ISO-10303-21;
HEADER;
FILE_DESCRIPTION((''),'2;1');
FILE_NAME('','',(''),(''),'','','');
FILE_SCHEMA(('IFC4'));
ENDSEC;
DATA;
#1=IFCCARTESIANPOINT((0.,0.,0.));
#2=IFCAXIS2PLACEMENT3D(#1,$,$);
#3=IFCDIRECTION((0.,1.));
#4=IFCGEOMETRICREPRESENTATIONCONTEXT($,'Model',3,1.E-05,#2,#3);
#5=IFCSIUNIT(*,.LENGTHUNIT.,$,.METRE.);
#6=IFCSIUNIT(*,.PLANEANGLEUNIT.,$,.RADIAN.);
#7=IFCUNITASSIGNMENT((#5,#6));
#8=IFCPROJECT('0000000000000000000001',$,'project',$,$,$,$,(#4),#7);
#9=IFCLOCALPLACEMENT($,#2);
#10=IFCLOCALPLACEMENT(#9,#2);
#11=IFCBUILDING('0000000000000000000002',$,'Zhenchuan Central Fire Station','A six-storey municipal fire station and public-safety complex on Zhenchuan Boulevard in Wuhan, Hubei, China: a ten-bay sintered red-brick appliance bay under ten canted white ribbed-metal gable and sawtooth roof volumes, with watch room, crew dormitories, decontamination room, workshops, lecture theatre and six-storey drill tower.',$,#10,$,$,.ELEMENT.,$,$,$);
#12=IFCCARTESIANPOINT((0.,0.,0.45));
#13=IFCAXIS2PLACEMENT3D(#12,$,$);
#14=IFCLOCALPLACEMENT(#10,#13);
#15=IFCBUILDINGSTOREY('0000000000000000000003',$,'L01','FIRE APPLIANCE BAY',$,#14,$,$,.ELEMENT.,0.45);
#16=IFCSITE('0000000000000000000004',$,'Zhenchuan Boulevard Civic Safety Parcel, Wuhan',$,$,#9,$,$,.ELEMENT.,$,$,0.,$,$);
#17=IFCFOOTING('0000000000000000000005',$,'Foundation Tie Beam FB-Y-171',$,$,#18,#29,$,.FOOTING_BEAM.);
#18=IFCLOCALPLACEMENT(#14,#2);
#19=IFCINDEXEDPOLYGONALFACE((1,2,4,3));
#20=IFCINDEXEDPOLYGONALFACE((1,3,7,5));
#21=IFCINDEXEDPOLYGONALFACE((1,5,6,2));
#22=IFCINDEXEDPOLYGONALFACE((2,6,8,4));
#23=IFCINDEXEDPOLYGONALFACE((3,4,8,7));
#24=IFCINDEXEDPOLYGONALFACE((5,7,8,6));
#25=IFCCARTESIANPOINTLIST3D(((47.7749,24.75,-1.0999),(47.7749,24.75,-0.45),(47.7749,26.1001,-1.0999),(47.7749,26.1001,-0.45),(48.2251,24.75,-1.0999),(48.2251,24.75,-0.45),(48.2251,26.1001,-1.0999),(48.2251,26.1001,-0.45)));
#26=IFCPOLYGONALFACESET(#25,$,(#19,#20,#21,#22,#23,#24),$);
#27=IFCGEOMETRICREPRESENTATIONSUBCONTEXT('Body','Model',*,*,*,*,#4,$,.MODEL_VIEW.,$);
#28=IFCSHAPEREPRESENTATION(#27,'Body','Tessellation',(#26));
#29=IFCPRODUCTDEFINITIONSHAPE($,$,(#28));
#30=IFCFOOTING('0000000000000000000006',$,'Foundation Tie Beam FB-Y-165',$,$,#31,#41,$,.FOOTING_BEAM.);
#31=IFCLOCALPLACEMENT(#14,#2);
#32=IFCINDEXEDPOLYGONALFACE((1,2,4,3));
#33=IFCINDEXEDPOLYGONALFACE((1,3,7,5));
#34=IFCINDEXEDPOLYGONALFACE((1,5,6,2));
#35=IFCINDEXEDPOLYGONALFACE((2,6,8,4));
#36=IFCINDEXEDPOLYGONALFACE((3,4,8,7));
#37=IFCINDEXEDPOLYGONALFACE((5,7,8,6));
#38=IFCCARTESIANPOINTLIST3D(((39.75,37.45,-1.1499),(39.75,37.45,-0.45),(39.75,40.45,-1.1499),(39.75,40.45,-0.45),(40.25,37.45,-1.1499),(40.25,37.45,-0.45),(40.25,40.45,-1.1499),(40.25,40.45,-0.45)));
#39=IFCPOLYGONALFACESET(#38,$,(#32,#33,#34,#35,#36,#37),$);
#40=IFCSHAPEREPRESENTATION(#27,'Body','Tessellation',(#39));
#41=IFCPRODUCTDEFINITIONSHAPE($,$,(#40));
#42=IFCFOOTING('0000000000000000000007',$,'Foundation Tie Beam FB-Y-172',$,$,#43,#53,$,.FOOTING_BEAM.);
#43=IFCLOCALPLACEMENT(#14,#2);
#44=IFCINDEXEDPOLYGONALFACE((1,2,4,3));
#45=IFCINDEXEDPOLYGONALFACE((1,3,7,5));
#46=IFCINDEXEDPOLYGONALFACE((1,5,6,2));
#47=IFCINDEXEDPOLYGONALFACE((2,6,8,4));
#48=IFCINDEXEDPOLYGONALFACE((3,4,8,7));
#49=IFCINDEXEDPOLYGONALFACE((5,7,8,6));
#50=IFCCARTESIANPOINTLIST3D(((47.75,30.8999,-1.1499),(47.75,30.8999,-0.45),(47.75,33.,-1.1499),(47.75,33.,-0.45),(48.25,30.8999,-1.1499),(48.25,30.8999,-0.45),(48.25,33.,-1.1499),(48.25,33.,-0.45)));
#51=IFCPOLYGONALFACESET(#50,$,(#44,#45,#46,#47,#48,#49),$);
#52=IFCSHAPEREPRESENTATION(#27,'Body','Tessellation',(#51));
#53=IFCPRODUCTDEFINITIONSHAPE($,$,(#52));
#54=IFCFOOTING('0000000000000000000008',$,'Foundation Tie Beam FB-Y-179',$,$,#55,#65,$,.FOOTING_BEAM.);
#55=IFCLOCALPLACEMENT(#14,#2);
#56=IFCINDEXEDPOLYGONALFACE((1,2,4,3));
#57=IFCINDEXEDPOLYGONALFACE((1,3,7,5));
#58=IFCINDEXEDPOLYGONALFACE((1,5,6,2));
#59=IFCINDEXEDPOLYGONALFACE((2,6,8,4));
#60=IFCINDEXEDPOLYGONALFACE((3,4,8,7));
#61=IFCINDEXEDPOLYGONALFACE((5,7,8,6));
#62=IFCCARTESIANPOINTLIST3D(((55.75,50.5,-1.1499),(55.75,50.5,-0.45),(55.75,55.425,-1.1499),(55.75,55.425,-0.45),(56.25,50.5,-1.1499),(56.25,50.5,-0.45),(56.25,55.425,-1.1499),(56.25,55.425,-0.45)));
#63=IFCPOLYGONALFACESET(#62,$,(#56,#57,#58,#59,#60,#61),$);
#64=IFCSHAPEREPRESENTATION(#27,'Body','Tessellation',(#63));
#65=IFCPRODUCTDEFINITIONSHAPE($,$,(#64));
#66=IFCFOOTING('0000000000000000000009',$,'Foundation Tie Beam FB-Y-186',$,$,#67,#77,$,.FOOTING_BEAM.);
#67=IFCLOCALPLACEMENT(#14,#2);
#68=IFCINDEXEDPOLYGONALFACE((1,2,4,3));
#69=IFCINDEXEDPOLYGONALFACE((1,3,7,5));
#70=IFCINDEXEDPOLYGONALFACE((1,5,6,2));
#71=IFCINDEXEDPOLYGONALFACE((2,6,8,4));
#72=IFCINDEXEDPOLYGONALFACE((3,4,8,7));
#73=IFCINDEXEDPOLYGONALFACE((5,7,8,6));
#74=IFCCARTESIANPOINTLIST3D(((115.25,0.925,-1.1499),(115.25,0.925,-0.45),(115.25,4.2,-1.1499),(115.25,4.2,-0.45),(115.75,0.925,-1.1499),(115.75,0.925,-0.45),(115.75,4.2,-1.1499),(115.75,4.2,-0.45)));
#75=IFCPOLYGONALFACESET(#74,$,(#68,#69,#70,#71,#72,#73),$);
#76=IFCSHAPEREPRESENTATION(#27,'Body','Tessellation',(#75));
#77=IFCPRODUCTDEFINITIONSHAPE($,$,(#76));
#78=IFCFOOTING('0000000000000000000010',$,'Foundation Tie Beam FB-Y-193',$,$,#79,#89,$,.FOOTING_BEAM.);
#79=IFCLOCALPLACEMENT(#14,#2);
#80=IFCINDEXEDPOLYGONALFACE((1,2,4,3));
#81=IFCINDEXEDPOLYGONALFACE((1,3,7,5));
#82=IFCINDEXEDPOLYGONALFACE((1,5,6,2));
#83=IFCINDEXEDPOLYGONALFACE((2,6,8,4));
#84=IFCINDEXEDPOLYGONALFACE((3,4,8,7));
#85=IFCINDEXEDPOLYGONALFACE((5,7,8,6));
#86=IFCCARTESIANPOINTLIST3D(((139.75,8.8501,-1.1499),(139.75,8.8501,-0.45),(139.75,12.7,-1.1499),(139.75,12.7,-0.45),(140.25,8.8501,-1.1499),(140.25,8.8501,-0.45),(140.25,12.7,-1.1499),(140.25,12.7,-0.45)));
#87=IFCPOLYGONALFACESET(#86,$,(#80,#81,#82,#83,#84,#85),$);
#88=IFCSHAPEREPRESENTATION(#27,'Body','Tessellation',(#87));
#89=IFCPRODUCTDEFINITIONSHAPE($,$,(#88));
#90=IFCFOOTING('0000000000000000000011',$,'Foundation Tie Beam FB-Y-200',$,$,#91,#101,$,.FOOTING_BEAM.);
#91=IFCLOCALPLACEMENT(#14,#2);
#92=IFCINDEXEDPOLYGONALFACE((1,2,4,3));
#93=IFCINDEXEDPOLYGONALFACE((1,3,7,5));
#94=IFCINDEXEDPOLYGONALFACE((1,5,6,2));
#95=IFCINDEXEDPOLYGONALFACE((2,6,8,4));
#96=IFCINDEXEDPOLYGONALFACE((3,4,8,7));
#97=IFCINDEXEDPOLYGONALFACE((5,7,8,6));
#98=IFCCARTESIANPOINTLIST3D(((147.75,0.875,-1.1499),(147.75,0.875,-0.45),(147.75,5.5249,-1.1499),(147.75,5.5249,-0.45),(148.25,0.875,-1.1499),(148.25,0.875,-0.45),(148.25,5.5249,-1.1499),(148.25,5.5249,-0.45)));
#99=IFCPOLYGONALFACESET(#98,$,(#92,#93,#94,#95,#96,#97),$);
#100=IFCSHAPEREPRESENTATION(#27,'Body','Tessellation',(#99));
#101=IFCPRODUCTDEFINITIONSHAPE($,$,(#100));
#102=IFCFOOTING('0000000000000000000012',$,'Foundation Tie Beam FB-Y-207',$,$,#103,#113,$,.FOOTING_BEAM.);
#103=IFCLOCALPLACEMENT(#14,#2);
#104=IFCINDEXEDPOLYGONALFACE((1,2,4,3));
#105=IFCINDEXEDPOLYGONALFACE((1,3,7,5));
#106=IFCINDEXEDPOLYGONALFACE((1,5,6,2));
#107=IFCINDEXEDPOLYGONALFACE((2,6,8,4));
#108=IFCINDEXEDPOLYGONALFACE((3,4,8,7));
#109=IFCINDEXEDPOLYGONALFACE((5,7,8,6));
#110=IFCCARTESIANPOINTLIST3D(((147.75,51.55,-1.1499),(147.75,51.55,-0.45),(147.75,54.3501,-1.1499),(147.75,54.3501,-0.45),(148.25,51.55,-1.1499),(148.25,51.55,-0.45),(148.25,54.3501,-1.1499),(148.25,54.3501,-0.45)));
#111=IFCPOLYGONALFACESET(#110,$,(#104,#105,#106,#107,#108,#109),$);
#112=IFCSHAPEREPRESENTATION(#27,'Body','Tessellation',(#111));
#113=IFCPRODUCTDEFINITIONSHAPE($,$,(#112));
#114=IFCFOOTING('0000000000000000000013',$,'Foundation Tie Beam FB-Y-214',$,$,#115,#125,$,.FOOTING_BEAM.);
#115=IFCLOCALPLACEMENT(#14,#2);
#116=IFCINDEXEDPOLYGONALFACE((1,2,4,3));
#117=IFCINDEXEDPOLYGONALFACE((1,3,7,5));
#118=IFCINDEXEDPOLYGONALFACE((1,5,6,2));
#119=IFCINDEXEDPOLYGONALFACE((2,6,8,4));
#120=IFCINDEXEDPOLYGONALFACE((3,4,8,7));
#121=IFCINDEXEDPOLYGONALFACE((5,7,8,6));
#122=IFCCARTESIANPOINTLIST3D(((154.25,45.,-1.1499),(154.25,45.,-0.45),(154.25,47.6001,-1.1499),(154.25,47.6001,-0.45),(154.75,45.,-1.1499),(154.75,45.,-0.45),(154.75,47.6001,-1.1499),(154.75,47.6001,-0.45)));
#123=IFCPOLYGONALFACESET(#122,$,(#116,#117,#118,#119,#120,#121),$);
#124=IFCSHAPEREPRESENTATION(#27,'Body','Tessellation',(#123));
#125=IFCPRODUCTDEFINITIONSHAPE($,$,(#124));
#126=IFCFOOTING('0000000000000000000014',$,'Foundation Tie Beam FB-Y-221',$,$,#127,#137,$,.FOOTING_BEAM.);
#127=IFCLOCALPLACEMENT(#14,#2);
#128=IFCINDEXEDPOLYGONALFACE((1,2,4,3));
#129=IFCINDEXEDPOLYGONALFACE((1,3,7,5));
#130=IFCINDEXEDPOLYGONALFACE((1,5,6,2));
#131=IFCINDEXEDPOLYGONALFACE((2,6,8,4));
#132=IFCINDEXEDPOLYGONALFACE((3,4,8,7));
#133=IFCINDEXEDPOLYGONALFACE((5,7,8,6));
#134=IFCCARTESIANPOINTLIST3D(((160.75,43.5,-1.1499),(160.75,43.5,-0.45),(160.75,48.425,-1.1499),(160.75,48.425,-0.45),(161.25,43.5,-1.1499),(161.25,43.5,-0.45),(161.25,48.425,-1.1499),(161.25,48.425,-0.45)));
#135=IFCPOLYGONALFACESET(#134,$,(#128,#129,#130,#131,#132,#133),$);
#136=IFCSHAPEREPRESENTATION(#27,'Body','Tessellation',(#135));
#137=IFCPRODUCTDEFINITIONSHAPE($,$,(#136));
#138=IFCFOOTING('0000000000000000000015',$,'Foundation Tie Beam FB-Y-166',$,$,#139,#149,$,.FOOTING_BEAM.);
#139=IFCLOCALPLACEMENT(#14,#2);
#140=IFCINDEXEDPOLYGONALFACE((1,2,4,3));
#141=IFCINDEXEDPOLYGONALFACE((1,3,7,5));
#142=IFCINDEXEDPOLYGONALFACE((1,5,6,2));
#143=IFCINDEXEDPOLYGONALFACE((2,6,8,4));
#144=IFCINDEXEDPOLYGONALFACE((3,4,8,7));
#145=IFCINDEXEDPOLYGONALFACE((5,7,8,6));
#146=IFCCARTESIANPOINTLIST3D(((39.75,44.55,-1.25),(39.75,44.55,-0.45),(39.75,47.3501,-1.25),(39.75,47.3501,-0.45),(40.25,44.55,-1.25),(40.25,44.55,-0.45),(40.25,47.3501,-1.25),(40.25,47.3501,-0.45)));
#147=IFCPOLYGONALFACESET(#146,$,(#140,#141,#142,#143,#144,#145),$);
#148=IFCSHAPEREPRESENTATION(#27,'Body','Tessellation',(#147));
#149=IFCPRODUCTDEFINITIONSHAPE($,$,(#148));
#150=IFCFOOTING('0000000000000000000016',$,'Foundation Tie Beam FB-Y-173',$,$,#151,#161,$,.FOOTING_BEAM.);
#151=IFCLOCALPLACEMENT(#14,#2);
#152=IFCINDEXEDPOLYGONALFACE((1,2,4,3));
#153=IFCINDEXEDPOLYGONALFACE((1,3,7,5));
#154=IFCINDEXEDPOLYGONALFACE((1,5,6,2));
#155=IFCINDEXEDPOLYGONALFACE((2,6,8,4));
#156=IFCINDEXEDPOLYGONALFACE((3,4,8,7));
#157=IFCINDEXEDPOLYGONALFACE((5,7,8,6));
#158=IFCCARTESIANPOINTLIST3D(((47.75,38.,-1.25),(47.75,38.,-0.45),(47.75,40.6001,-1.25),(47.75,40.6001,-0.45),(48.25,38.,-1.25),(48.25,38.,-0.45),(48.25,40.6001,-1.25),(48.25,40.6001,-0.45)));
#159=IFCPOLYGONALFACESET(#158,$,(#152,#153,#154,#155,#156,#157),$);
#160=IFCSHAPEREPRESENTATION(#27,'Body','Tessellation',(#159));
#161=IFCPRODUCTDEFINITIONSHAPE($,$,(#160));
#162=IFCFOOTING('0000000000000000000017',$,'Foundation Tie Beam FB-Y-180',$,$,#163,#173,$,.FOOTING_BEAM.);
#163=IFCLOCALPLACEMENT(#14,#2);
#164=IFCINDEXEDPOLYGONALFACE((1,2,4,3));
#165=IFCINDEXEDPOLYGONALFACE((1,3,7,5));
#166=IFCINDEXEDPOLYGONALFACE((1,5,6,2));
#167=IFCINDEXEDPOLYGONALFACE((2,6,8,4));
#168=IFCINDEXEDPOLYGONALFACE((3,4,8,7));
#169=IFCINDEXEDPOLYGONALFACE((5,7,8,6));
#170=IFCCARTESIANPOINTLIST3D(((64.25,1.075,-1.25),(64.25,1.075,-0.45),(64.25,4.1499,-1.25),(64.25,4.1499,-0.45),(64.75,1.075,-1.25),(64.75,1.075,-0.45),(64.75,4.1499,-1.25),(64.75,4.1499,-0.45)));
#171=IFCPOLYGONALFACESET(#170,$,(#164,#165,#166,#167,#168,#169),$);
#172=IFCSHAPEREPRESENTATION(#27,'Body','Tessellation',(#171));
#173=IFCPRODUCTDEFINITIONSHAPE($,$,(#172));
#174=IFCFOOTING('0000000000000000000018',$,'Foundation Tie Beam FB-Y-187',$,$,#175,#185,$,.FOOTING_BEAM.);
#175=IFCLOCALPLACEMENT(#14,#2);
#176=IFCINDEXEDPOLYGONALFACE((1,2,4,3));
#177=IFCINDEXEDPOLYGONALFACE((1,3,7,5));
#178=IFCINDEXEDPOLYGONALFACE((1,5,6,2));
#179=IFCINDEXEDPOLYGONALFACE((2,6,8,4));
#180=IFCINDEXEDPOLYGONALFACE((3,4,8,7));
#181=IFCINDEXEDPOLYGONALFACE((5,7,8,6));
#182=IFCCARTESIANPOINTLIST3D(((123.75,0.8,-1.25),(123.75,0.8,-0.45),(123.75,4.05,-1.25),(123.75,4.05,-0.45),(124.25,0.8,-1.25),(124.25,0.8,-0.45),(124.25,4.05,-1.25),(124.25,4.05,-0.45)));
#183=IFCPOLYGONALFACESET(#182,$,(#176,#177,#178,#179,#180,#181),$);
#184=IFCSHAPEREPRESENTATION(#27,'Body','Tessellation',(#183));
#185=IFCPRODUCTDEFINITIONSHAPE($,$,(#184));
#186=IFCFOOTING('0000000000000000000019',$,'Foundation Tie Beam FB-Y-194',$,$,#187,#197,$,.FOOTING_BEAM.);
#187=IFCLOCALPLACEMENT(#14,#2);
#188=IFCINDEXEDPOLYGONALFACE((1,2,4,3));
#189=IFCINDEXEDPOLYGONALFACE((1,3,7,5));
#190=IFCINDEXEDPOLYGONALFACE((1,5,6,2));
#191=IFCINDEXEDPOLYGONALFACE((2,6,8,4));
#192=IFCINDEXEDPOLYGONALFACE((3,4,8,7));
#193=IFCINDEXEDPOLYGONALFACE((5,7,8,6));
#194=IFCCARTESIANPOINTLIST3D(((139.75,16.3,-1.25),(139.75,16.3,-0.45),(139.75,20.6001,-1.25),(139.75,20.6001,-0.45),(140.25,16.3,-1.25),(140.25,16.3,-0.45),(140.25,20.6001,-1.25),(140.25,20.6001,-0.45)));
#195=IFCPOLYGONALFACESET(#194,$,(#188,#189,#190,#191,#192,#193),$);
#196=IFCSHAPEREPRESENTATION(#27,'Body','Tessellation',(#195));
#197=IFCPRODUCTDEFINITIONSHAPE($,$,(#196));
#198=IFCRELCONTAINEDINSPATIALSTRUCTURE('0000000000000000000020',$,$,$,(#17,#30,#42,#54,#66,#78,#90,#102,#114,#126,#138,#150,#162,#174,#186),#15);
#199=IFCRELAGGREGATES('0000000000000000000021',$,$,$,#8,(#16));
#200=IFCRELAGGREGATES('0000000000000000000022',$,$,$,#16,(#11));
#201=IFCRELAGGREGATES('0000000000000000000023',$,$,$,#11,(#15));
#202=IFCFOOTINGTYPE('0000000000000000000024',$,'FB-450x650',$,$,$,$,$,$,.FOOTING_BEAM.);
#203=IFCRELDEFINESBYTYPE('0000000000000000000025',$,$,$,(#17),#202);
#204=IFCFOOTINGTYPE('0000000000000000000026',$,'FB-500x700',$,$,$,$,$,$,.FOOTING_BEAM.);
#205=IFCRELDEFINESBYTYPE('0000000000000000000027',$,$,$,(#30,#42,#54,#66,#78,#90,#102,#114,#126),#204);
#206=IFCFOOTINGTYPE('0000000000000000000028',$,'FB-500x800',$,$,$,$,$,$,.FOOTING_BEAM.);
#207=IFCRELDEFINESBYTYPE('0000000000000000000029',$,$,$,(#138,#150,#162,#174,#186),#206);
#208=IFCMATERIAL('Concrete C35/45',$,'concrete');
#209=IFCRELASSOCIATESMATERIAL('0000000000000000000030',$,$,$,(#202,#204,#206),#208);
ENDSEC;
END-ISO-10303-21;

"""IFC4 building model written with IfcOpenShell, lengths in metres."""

from ifc_helpers import new_model, si_unit, direction, frame, origin, place, context, subcontext, project, spatial, polyline, outline, extrude, material, type_object, element, save


model = new_model("IFC4")

# Units and contexts
model_context = context("Model", 3, precision=1e-05, world=origin(), true_north=direction((0.0, 1.0)))
body_context = subcontext(model_context, "Body", "Model", "MODEL_VIEW")
ifc_project = project(units=[si_unit("LENGTHUNIT", "METRE"), si_unit("PLANEANGLEUNIT", "RADIAN")], contexts=[model_context])

# Site, building, storey
site_placement = place(None, origin())
site = spatial("IfcSite", under=ifc_project, at=site_placement, Name="Zhenchuan Boulevard Civic Safety Parcel, Wuhan", CompositionType="ELEMENT", RefElevation=0.0)
building_placement = place(site_placement, origin())
building = spatial("IfcBuilding", under=site, at=building_placement, Name="Zhenchuan Central Fire Station", Description="A six-storey municipal fire station and public-safety complex on Zhenchuan Boulevard in Wuhan, Hubei, China: a ten-bay sintered red-brick appliance bay under ten canted white ribbed-metal gable and sawtooth roof volumes, with watch room, crew dormitories, decontamination room, workshops, lecture theatre and six-storey drill tower.", CompositionType="ELEMENT")
storey_placement = place(building_placement, frame((0.0, 0.0, 0.45)))
storey = spatial("IfcBuildingStorey", under=building, at=storey_placement, Name="L01", Description="FIRE APPLIANCE BAY", CompositionType="ELEMENT", Elevation=0.45)

# Footings
ifc_material_1 = material(Name="Concrete C35/45", Category="concrete")
footing_type_1 = type_object("IfcFootingType", Name="FB-450x650", PredefinedType="FOOTING_BEAM", material=ifc_material_1)
footing_1_placement = place(storey_placement, frame((0.0, 0.0, -1.0999)))
element("IfcFooting", 1, at=footing_1_placement, inside=storey, type_object=footing_type_1, Name="Foundation Tie Beam FB-Y-171", PredefinedType="FOOTING_BEAM", context=body_context, shape_type="SweptSolid", body=[
    extrude(outline(polyline([(47.7749, 24.75), (48.2251, 24.75), (48.2251, 26.1001), (47.7749, 26.1001), (47.7749, 24.75)])), origin(), (0.0, 0.0, 1.0), 0.6499),
])
footing_type_2 = type_object("IfcFootingType", Name="FB-500x700", PredefinedType="FOOTING_BEAM", material=ifc_material_1)
footing_2_placement = place(storey_placement, frame((0.0, 0.0, -1.1499)))
element("IfcFooting", 2, at=footing_2_placement, inside=storey, type_object=footing_type_2, Name="Foundation Tie Beam FB-Y-165", PredefinedType="FOOTING_BEAM", context=body_context, shape_type="SweptSolid", body=[
    extrude(outline(polyline([(39.75, 37.45), (40.25, 37.45), (40.25, 40.45), (39.75, 40.45), (39.75, 37.45)])), origin(), (0.0, 0.0, 1.0), 0.7),
])
footing_3_placement = place(storey_placement, frame((0.0, 0.0, -1.1499)))
element("IfcFooting", 3, at=footing_3_placement, inside=storey, type_object=footing_type_2, Name="Foundation Tie Beam FB-Y-172", PredefinedType="FOOTING_BEAM", context=body_context, shape_type="SweptSolid", body=[
    extrude(outline(polyline([(47.75, 30.8999), (48.25, 30.8999), (48.25, 33.0), (47.75, 33.0), (47.75, 30.8999)])), origin(), (0.0, 0.0, 1.0), 0.7),
])
footing_4_placement = place(storey_placement, frame((0.0, 0.0, -1.1499)))
element("IfcFooting", 4, at=footing_4_placement, inside=storey, type_object=footing_type_2, Name="Foundation Tie Beam FB-Y-179", PredefinedType="FOOTING_BEAM", context=body_context, shape_type="SweptSolid", body=[
    extrude(outline(polyline([(55.75, 50.5), (56.25, 50.5), (56.25, 55.425), (55.75, 55.425), (55.75, 50.5)])), origin(), (0.0, 0.0, 1.0), 0.7),
])
footing_5_placement = place(storey_placement, frame((0.0, 0.0, -1.1499)))
element("IfcFooting", 5, at=footing_5_placement, inside=storey, type_object=footing_type_2, Name="Foundation Tie Beam FB-Y-186", PredefinedType="FOOTING_BEAM", context=body_context, shape_type="SweptSolid", body=[
    extrude(outline(polyline([(115.25, 0.925), (115.75, 0.925), (115.75, 4.2), (115.25, 4.2), (115.25, 0.925)])), origin(), (0.0, 0.0, 1.0), 0.7),
])
footing_6_placement = place(storey_placement, frame((0.0, 0.0, -1.1499)))
element("IfcFooting", 6, at=footing_6_placement, inside=storey, type_object=footing_type_2, Name="Foundation Tie Beam FB-Y-193", PredefinedType="FOOTING_BEAM", context=body_context, shape_type="SweptSolid", body=[
    extrude(outline(polyline([(139.75, 8.8501), (140.25, 8.8501), (140.25, 12.7), (139.75, 12.7), (139.75, 8.8501)])), origin(), (0.0, 0.0, 1.0), 0.7),
])
footing_7_placement = place(storey_placement, frame((0.0, 0.0, -1.1499)))
element("IfcFooting", 7, at=footing_7_placement, inside=storey, type_object=footing_type_2, Name="Foundation Tie Beam FB-Y-200", PredefinedType="FOOTING_BEAM", context=body_context, shape_type="SweptSolid", body=[
    extrude(outline(polyline([(147.75, 0.875), (148.25, 0.875), (148.25, 5.5249), (147.75, 5.5249), (147.75, 0.875)])), origin(), (0.0, 0.0, 1.0), 0.7),
])
footing_8_placement = place(storey_placement, frame((0.0, 0.0, -1.1499)))
element("IfcFooting", 8, at=footing_8_placement, inside=storey, type_object=footing_type_2, Name="Foundation Tie Beam FB-Y-207", PredefinedType="FOOTING_BEAM", context=body_context, shape_type="SweptSolid", body=[
    extrude(outline(polyline([(147.75, 51.55), (148.25, 51.55), (148.25, 54.3501), (147.75, 54.3501), (147.75, 51.55)])), origin(), (0.0, 0.0, 1.0), 0.7),
])
footing_9_placement = place(storey_placement, frame((0.0, 0.0, -1.1499)))
element("IfcFooting", 9, at=footing_9_placement, inside=storey, type_object=footing_type_2, Name="Foundation Tie Beam FB-Y-214", PredefinedType="FOOTING_BEAM", context=body_context, shape_type="SweptSolid", body=[
    extrude(outline(polyline([(154.25, 45.0), (154.75, 45.0), (154.75, 47.6001), (154.25, 47.6001), (154.25, 45.0)])), origin(), (0.0, 0.0, 1.0), 0.7),
])
footing_10_placement = place(storey_placement, frame((0.0, 0.0, -1.1499)))
element("IfcFooting", 10, at=footing_10_placement, inside=storey, type_object=footing_type_2, Name="Foundation Tie Beam FB-Y-221", PredefinedType="FOOTING_BEAM", context=body_context, shape_type="SweptSolid", body=[
    extrude(outline(polyline([(160.75, 43.5), (161.25, 43.5), (161.25, 48.425), (160.75, 48.425), (160.75, 43.5)])), origin(), (0.0, 0.0, 1.0), 0.7),
])
footing_type_3 = type_object("IfcFootingType", Name="FB-500x800", PredefinedType="FOOTING_BEAM", material=ifc_material_1)
footing_11_placement = place(storey_placement, frame((0.0, 0.0, -1.25)))
element("IfcFooting", 11, at=footing_11_placement, inside=storey, type_object=footing_type_3, Name="Foundation Tie Beam FB-Y-166", PredefinedType="FOOTING_BEAM", context=body_context, shape_type="SweptSolid", body=[
    extrude(outline(polyline([(39.75, 44.55), (40.25, 44.55), (40.25, 47.3501), (39.75, 47.3501), (39.75, 44.55)])), origin(), (0.0, 0.0, 1.0), 0.8),
])
footing_12_placement = place(storey_placement, frame((0.0, 0.0, -1.25)))
element("IfcFooting", 12, at=footing_12_placement, inside=storey, type_object=footing_type_3, Name="Foundation Tie Beam FB-Y-173", PredefinedType="FOOTING_BEAM", context=body_context, shape_type="SweptSolid", body=[
    extrude(outline(polyline([(47.75, 38.0), (48.25, 38.0), (48.25, 40.6001), (47.75, 40.6001), (47.75, 38.0)])), origin(), (0.0, 0.0, 1.0), 0.8),
])
footing_13_placement = place(storey_placement, frame((0.0, 0.0, -1.25)))
element("IfcFooting", 13, at=footing_13_placement, inside=storey, type_object=footing_type_3, Name="Foundation Tie Beam FB-Y-180", PredefinedType="FOOTING_BEAM", context=body_context, shape_type="SweptSolid", body=[
    extrude(outline(polyline([(64.25, 1.075), (64.75, 1.075), (64.75, 4.1499), (64.25, 4.1499), (64.25, 1.075)])), origin(), (0.0, 0.0, 1.0), 0.8),
])
footing_14_placement = place(storey_placement, frame((0.0, 0.0, -1.25)))
element("IfcFooting", 14, at=footing_14_placement, inside=storey, type_object=footing_type_3, Name="Foundation Tie Beam FB-Y-187", PredefinedType="FOOTING_BEAM", context=body_context, shape_type="SweptSolid", body=[
    extrude(outline(polyline([(123.75, 0.8), (124.25, 0.8), (124.25, 4.05), (123.75, 4.05), (123.75, 0.8)])), origin(), (0.0, 0.0, 1.0), 0.8),
])
footing_15_placement = place(storey_placement, frame((0.0, 0.0, -1.25)))
element("IfcFooting", 15, at=footing_15_placement, inside=storey, type_object=footing_type_3, Name="Foundation Tie Beam FB-Y-194", PredefinedType="FOOTING_BEAM", context=body_context, shape_type="SweptSolid", body=[
    extrude(outline(polyline([(139.75, 16.3), (140.25, 16.3), (140.25, 20.6001), (139.75, 20.6001), (139.75, 16.3)])), origin(), (0.0, 0.0, 1.0), 0.8),
])

save(model, "model.ifc")
